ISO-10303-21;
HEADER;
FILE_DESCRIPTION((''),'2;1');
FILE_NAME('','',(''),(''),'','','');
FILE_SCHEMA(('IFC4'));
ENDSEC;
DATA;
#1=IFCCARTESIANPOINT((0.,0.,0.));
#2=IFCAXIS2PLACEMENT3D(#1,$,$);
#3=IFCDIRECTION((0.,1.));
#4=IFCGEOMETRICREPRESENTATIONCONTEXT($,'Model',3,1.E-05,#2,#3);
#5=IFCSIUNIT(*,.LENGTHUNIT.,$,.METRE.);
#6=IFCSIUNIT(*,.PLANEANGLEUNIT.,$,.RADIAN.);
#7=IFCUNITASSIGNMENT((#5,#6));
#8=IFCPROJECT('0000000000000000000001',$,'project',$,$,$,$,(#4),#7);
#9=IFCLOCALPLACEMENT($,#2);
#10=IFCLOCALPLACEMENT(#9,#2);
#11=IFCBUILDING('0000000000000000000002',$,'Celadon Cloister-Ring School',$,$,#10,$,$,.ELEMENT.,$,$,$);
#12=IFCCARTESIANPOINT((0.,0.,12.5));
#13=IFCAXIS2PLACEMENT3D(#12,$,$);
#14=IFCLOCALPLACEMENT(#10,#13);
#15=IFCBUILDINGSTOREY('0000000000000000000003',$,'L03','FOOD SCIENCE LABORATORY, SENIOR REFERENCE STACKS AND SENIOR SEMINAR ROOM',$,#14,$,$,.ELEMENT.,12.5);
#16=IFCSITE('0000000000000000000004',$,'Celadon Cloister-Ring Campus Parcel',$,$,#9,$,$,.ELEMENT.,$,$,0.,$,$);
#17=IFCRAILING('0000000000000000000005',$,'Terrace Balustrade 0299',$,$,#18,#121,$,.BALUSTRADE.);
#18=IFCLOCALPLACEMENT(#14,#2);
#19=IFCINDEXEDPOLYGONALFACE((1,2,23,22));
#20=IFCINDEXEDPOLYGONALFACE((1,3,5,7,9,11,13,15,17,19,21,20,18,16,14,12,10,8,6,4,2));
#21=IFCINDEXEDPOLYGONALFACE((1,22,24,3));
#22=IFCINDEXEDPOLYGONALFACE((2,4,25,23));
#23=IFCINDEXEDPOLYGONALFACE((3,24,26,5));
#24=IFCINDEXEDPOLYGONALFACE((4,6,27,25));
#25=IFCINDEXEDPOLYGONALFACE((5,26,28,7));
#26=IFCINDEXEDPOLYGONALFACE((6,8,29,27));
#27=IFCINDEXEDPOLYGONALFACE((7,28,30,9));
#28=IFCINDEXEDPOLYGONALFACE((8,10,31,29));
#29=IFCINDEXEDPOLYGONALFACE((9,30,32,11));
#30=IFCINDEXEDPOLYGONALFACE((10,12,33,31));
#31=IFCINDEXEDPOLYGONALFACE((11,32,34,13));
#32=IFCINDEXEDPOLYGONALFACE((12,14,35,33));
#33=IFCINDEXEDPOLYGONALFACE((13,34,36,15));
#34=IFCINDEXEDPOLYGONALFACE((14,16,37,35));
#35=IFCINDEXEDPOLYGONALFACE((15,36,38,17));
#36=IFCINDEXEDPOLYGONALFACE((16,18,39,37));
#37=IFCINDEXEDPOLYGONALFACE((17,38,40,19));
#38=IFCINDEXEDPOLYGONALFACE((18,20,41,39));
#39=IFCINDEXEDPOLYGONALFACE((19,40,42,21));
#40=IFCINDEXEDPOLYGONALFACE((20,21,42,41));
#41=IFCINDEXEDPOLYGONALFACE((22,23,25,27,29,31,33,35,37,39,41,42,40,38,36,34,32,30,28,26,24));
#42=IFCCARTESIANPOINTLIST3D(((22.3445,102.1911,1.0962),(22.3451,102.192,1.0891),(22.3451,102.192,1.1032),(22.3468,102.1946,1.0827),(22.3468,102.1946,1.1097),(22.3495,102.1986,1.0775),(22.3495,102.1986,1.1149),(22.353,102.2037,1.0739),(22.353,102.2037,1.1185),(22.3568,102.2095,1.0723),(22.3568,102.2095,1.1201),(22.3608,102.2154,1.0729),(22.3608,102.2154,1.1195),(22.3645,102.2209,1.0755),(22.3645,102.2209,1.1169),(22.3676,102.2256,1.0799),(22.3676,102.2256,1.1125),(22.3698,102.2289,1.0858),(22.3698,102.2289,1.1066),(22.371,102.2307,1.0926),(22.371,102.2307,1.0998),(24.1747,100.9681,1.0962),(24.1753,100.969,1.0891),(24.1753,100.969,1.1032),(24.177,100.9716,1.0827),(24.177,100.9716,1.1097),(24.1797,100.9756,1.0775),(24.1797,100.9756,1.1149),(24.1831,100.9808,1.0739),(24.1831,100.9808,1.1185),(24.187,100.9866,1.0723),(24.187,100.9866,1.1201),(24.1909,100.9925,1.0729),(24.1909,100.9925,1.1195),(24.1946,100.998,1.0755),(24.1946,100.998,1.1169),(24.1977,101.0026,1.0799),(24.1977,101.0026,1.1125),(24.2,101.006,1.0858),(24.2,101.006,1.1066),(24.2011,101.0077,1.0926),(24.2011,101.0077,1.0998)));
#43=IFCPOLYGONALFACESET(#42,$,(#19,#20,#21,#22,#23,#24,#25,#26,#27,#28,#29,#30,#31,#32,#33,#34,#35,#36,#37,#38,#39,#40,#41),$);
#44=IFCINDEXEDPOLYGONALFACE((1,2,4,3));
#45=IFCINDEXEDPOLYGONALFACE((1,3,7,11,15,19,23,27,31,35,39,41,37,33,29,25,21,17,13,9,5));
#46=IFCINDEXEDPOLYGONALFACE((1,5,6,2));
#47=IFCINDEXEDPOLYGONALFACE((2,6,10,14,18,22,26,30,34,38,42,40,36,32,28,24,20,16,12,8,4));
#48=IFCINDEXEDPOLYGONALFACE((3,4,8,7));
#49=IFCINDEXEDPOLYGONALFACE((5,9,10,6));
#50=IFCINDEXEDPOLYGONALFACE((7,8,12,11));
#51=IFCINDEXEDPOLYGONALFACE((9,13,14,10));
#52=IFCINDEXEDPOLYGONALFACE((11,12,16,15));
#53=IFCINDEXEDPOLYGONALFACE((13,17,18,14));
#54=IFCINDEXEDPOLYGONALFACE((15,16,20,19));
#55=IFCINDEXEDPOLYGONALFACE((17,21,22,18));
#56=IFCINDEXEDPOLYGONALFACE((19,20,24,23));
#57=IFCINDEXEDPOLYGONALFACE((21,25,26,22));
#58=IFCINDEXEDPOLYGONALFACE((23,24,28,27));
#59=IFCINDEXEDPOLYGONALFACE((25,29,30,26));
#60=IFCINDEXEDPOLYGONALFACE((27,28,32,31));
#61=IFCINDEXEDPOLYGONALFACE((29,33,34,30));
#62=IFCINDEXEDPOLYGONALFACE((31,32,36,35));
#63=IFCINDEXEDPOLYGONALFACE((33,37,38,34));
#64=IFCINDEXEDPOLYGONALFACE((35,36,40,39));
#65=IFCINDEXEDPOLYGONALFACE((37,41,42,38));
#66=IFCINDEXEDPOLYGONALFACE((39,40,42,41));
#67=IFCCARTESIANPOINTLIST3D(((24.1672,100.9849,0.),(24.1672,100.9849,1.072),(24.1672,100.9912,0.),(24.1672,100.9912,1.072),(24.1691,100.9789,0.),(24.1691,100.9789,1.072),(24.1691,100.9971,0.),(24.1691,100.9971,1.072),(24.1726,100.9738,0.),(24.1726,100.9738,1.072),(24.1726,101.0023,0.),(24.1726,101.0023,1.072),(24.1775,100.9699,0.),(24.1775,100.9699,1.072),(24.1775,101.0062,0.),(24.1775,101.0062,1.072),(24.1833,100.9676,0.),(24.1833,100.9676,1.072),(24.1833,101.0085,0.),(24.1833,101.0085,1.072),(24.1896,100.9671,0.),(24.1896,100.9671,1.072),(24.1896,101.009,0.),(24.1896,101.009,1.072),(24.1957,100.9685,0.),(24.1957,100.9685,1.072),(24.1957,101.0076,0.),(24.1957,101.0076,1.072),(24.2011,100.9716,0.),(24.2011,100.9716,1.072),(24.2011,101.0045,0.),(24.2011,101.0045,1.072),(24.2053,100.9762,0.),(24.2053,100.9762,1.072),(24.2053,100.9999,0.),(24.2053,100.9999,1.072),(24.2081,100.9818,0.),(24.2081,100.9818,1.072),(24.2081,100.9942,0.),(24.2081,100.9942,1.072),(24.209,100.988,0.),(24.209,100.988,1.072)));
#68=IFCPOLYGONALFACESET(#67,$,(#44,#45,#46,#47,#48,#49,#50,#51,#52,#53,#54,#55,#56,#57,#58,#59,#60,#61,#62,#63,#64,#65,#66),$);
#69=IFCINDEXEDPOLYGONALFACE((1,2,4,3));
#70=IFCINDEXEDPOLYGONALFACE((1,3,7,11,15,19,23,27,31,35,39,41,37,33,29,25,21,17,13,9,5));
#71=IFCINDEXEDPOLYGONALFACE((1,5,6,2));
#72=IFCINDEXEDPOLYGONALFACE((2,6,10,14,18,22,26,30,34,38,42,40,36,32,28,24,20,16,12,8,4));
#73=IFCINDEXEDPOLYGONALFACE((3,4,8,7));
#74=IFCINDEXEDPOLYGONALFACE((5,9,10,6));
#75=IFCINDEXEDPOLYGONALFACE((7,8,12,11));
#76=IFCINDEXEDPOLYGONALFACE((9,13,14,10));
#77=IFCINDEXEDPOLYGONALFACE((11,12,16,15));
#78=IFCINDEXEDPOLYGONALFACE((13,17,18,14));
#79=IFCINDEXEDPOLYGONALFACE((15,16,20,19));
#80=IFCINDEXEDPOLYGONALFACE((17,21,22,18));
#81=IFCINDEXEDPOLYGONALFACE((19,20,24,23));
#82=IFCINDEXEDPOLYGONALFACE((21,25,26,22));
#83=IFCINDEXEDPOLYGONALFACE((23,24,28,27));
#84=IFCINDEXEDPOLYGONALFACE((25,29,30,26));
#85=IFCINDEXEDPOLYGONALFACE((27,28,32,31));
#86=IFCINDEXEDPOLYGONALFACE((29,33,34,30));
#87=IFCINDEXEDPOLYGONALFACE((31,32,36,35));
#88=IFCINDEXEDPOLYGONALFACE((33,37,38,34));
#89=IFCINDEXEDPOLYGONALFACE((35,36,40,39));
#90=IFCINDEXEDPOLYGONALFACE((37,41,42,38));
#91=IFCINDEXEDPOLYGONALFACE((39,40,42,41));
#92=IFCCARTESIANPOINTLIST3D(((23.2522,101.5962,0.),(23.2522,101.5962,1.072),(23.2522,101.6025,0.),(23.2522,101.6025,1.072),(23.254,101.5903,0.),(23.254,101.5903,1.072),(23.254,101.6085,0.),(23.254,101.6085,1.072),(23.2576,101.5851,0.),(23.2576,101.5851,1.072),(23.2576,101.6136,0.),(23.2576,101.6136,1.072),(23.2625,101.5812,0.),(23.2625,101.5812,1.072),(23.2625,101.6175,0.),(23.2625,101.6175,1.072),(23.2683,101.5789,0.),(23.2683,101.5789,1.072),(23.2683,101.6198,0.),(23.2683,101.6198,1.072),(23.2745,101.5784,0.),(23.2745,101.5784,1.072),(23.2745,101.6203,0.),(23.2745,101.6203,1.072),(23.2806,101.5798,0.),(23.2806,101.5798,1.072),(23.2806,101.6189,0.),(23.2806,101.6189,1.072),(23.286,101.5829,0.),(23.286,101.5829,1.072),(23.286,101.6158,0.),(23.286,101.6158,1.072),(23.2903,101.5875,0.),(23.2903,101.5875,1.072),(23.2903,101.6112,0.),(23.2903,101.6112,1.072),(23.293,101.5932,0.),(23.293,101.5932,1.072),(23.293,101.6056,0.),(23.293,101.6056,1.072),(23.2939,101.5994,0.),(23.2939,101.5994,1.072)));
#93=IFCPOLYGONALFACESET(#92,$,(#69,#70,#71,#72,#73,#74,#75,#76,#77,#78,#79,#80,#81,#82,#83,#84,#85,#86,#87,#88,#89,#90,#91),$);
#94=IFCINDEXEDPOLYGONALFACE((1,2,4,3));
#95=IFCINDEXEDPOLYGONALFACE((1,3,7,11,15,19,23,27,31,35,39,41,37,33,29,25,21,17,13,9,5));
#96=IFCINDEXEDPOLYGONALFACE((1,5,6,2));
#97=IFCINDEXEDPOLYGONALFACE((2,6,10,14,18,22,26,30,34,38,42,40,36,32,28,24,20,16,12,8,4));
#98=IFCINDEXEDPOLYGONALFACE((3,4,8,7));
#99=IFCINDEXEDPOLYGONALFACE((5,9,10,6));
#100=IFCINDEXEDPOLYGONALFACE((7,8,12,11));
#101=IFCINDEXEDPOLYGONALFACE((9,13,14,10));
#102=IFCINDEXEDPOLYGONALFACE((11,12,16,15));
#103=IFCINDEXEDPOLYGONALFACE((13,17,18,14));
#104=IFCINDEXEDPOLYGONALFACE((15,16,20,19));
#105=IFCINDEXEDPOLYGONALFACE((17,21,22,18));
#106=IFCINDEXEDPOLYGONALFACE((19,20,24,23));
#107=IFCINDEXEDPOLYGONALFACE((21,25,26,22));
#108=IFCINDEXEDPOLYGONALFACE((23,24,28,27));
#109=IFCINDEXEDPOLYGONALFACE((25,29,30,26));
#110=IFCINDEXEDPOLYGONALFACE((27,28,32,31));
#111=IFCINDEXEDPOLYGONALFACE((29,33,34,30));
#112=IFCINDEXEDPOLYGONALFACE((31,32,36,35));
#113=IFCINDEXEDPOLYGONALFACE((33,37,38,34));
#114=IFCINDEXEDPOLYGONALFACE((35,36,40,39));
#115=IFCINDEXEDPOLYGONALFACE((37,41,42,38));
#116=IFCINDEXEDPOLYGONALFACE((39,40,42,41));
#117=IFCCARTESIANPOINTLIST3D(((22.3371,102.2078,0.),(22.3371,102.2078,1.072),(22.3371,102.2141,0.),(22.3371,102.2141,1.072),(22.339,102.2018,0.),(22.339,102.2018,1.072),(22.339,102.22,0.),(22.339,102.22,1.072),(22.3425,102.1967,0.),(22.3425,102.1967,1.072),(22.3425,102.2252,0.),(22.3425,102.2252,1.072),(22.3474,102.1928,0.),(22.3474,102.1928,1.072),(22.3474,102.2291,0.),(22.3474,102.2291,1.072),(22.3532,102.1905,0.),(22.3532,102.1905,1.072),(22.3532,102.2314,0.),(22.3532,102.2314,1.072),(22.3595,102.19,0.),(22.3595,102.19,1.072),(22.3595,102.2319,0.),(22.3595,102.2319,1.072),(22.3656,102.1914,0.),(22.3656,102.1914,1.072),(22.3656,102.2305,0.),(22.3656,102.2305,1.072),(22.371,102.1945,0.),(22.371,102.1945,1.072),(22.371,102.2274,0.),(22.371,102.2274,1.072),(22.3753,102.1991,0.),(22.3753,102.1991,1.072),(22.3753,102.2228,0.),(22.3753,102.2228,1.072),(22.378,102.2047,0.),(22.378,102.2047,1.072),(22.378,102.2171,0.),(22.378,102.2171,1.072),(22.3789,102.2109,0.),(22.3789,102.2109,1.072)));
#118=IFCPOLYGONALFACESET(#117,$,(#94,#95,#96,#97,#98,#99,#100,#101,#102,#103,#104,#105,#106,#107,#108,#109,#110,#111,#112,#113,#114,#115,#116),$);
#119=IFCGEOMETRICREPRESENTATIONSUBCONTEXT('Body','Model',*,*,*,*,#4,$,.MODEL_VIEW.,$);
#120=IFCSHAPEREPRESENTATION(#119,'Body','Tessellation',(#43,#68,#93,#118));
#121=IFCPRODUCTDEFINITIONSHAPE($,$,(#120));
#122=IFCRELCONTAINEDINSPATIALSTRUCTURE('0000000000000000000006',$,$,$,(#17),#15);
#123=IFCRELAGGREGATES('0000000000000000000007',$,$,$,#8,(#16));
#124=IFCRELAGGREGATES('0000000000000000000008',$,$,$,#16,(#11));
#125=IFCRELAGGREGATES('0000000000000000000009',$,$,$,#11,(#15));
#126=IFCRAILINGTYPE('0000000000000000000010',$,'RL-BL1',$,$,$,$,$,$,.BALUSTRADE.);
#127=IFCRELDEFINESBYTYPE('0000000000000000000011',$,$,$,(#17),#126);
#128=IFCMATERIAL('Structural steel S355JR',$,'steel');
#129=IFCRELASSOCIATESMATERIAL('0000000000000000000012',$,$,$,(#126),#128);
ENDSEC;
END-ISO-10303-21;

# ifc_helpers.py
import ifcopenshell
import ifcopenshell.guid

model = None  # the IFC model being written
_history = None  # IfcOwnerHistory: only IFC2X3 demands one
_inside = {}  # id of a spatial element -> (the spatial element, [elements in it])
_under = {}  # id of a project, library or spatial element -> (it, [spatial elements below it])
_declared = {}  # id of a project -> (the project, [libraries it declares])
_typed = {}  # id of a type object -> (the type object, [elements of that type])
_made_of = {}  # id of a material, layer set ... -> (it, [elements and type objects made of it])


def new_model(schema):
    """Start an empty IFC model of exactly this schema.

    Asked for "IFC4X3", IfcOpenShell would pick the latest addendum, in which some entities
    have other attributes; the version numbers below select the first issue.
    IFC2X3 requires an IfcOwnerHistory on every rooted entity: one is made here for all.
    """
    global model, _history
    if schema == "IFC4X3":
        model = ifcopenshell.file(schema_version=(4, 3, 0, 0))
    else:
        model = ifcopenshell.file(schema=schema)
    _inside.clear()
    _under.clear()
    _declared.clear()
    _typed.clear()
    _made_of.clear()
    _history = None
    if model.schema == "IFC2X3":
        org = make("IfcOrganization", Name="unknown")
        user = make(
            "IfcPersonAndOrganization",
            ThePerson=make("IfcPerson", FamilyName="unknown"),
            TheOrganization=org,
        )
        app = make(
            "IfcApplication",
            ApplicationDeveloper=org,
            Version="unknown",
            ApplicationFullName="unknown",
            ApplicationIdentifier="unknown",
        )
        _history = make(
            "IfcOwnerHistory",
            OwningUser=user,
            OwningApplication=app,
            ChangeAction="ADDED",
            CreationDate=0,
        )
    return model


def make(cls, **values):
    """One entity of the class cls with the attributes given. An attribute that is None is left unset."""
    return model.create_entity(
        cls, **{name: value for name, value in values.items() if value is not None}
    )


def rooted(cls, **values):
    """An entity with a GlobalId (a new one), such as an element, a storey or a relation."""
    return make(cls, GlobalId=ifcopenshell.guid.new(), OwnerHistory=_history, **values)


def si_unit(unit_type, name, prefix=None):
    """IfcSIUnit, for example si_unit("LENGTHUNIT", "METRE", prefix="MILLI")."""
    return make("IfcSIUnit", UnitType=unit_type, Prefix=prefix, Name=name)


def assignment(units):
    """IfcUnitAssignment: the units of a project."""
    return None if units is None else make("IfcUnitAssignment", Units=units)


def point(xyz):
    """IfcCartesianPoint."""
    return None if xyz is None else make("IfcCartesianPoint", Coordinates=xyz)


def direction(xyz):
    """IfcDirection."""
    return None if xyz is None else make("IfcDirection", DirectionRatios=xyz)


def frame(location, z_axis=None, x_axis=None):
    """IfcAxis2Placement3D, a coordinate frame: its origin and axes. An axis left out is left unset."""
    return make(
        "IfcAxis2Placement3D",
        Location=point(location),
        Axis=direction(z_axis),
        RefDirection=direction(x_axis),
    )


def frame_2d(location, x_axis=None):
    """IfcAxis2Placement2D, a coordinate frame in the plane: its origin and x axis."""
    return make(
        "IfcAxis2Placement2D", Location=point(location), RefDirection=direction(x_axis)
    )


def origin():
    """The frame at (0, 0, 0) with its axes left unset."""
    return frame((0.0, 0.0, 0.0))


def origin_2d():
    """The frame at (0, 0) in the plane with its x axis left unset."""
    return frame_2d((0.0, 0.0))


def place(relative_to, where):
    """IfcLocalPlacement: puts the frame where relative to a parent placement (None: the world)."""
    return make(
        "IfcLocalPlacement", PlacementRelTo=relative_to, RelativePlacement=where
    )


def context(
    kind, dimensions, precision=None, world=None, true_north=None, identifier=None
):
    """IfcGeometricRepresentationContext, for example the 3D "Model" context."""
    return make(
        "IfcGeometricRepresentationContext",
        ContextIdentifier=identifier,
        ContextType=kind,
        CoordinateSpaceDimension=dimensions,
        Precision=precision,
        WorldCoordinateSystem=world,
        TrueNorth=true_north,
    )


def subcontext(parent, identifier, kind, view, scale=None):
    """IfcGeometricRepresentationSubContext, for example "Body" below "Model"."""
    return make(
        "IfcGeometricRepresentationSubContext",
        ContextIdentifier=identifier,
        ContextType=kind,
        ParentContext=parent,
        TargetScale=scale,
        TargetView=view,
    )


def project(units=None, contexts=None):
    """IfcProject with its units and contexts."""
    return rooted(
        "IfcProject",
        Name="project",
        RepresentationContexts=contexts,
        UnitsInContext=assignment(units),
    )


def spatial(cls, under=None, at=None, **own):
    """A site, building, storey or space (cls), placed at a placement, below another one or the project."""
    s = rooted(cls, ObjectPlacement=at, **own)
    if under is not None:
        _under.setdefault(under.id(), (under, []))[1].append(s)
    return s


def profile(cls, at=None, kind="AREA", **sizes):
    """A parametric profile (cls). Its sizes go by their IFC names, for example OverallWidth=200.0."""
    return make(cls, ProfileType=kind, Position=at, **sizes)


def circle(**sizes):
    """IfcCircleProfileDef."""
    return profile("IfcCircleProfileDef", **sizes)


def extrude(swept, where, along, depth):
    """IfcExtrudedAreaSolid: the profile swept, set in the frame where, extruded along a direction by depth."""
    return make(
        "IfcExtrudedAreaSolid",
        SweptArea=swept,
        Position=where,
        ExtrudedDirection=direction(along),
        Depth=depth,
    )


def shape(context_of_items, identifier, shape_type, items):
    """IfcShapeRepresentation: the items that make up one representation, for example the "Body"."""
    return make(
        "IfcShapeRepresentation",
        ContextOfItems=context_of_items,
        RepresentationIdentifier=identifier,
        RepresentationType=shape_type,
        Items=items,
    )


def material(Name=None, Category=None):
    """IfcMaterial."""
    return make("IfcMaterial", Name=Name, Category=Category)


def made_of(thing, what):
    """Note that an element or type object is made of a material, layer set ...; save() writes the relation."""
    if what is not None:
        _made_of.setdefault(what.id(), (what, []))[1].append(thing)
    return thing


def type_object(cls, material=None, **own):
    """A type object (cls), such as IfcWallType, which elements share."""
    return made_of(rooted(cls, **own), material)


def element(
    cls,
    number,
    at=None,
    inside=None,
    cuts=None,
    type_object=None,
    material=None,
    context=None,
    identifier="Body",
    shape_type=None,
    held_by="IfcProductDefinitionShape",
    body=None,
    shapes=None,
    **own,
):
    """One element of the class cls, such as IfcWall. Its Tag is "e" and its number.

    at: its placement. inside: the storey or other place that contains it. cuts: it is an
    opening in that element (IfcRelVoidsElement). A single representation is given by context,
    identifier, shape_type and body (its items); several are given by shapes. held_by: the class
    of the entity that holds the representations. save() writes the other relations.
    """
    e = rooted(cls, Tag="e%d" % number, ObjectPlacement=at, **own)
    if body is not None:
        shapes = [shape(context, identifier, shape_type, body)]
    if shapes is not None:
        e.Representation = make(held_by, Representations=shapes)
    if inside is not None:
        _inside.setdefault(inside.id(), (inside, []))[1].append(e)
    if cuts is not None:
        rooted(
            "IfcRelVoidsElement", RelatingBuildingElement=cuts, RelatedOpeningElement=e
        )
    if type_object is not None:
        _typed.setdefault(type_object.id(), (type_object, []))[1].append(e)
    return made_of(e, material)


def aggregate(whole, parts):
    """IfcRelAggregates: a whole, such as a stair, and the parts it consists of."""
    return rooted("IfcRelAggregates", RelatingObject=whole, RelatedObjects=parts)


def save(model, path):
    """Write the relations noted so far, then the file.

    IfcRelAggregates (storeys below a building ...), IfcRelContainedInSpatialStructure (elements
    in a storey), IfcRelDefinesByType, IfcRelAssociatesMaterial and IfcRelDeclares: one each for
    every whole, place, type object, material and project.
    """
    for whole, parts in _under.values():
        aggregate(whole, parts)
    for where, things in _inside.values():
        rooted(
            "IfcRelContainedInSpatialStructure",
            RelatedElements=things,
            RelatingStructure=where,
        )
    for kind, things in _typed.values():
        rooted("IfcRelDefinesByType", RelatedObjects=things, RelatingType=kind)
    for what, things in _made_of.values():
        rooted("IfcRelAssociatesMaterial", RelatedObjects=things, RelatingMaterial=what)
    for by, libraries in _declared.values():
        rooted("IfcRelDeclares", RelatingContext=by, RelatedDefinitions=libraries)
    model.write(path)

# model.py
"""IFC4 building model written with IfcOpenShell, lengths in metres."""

from ifc_helpers import new_model, si_unit, direction, frame, origin, origin_2d, place, context, subcontext, project, spatial, circle, extrude, material, type_object, element, save


model = new_model("IFC4")

# Units and contexts
model_context = context("Model", 3, precision=1e-05, world=origin(), true_north=direction((0.0, 1.0)))
body_context = subcontext(model_context, "Body", "Model", "MODEL_VIEW")
ifc_project = project(units=[si_unit("LENGTHUNIT", "METRE"), si_unit("PLANEANGLEUNIT", "RADIAN")], contexts=[model_context])

# Site, building, storey
site_placement = place(None, origin())
site = spatial("IfcSite", under=ifc_project, at=site_placement, Name="Celadon Cloister-Ring Campus Parcel", CompositionType="ELEMENT", RefElevation=0.0)
building_placement = place(site_placement, origin())
building = spatial("IfcBuilding", under=site, at=building_placement, Name="Celadon Cloister-Ring School", CompositionType="ELEMENT")
storey_placement = place(building_placement, frame((0.0, 0.0, 12.5)))
storey = spatial("IfcBuildingStorey", under=building, at=storey_placement, Name="L03", Description="FOOD SCIENCE LABORATORY, SENIOR REFERENCE STACKS AND SENIOR SEMINAR ROOM", CompositionType="ELEMENT", Elevation=12.5)

# Railing
ifc_material_1 = material(Name="Structural steel S355JR", Category="steel")
railing_type = type_object("IfcRailingType", Name="RL-BL1", PredefinedType="BALUSTRADE", material=ifc_material_1)
railing_1_placement = place(storey_placement, frame((24.188, 100.988, 0.0)))
element("IfcRailing", 1, at=railing_1_placement, inside=storey, type_object=railing_type, Name="Terrace Balustrade 0299", PredefinedType="BALUSTRADE", context=body_context, shape_type="SweptSolid", body=[
    extrude(circle(Radius=0.0239, at=origin_2d()), frame((0.0, 0.0, 1.0962), z_axis=(-0.831453, 0.555596, 0.0), x_axis=(-0.555596, -0.831453, 0.0)), (0.0, 0.0, 1.0), 2.2012),
    extrude(circle(Radius=0.021, at=origin_2d()), origin(), (0.0, 0.0, 1.0), 1.072),
    extrude(circle(Radius=0.021, at=origin_2d()), frame((-0.915, 0.6113, 0.0)), (0.0, 0.0, 1.0), 1.072),
    extrude(circle(Radius=0.021, at=origin_2d()), frame((-1.8301, 1.2229, 0.0)), (0.0, 0.0, 1.0), 1.072),
])

save(model, "model.ifc")
